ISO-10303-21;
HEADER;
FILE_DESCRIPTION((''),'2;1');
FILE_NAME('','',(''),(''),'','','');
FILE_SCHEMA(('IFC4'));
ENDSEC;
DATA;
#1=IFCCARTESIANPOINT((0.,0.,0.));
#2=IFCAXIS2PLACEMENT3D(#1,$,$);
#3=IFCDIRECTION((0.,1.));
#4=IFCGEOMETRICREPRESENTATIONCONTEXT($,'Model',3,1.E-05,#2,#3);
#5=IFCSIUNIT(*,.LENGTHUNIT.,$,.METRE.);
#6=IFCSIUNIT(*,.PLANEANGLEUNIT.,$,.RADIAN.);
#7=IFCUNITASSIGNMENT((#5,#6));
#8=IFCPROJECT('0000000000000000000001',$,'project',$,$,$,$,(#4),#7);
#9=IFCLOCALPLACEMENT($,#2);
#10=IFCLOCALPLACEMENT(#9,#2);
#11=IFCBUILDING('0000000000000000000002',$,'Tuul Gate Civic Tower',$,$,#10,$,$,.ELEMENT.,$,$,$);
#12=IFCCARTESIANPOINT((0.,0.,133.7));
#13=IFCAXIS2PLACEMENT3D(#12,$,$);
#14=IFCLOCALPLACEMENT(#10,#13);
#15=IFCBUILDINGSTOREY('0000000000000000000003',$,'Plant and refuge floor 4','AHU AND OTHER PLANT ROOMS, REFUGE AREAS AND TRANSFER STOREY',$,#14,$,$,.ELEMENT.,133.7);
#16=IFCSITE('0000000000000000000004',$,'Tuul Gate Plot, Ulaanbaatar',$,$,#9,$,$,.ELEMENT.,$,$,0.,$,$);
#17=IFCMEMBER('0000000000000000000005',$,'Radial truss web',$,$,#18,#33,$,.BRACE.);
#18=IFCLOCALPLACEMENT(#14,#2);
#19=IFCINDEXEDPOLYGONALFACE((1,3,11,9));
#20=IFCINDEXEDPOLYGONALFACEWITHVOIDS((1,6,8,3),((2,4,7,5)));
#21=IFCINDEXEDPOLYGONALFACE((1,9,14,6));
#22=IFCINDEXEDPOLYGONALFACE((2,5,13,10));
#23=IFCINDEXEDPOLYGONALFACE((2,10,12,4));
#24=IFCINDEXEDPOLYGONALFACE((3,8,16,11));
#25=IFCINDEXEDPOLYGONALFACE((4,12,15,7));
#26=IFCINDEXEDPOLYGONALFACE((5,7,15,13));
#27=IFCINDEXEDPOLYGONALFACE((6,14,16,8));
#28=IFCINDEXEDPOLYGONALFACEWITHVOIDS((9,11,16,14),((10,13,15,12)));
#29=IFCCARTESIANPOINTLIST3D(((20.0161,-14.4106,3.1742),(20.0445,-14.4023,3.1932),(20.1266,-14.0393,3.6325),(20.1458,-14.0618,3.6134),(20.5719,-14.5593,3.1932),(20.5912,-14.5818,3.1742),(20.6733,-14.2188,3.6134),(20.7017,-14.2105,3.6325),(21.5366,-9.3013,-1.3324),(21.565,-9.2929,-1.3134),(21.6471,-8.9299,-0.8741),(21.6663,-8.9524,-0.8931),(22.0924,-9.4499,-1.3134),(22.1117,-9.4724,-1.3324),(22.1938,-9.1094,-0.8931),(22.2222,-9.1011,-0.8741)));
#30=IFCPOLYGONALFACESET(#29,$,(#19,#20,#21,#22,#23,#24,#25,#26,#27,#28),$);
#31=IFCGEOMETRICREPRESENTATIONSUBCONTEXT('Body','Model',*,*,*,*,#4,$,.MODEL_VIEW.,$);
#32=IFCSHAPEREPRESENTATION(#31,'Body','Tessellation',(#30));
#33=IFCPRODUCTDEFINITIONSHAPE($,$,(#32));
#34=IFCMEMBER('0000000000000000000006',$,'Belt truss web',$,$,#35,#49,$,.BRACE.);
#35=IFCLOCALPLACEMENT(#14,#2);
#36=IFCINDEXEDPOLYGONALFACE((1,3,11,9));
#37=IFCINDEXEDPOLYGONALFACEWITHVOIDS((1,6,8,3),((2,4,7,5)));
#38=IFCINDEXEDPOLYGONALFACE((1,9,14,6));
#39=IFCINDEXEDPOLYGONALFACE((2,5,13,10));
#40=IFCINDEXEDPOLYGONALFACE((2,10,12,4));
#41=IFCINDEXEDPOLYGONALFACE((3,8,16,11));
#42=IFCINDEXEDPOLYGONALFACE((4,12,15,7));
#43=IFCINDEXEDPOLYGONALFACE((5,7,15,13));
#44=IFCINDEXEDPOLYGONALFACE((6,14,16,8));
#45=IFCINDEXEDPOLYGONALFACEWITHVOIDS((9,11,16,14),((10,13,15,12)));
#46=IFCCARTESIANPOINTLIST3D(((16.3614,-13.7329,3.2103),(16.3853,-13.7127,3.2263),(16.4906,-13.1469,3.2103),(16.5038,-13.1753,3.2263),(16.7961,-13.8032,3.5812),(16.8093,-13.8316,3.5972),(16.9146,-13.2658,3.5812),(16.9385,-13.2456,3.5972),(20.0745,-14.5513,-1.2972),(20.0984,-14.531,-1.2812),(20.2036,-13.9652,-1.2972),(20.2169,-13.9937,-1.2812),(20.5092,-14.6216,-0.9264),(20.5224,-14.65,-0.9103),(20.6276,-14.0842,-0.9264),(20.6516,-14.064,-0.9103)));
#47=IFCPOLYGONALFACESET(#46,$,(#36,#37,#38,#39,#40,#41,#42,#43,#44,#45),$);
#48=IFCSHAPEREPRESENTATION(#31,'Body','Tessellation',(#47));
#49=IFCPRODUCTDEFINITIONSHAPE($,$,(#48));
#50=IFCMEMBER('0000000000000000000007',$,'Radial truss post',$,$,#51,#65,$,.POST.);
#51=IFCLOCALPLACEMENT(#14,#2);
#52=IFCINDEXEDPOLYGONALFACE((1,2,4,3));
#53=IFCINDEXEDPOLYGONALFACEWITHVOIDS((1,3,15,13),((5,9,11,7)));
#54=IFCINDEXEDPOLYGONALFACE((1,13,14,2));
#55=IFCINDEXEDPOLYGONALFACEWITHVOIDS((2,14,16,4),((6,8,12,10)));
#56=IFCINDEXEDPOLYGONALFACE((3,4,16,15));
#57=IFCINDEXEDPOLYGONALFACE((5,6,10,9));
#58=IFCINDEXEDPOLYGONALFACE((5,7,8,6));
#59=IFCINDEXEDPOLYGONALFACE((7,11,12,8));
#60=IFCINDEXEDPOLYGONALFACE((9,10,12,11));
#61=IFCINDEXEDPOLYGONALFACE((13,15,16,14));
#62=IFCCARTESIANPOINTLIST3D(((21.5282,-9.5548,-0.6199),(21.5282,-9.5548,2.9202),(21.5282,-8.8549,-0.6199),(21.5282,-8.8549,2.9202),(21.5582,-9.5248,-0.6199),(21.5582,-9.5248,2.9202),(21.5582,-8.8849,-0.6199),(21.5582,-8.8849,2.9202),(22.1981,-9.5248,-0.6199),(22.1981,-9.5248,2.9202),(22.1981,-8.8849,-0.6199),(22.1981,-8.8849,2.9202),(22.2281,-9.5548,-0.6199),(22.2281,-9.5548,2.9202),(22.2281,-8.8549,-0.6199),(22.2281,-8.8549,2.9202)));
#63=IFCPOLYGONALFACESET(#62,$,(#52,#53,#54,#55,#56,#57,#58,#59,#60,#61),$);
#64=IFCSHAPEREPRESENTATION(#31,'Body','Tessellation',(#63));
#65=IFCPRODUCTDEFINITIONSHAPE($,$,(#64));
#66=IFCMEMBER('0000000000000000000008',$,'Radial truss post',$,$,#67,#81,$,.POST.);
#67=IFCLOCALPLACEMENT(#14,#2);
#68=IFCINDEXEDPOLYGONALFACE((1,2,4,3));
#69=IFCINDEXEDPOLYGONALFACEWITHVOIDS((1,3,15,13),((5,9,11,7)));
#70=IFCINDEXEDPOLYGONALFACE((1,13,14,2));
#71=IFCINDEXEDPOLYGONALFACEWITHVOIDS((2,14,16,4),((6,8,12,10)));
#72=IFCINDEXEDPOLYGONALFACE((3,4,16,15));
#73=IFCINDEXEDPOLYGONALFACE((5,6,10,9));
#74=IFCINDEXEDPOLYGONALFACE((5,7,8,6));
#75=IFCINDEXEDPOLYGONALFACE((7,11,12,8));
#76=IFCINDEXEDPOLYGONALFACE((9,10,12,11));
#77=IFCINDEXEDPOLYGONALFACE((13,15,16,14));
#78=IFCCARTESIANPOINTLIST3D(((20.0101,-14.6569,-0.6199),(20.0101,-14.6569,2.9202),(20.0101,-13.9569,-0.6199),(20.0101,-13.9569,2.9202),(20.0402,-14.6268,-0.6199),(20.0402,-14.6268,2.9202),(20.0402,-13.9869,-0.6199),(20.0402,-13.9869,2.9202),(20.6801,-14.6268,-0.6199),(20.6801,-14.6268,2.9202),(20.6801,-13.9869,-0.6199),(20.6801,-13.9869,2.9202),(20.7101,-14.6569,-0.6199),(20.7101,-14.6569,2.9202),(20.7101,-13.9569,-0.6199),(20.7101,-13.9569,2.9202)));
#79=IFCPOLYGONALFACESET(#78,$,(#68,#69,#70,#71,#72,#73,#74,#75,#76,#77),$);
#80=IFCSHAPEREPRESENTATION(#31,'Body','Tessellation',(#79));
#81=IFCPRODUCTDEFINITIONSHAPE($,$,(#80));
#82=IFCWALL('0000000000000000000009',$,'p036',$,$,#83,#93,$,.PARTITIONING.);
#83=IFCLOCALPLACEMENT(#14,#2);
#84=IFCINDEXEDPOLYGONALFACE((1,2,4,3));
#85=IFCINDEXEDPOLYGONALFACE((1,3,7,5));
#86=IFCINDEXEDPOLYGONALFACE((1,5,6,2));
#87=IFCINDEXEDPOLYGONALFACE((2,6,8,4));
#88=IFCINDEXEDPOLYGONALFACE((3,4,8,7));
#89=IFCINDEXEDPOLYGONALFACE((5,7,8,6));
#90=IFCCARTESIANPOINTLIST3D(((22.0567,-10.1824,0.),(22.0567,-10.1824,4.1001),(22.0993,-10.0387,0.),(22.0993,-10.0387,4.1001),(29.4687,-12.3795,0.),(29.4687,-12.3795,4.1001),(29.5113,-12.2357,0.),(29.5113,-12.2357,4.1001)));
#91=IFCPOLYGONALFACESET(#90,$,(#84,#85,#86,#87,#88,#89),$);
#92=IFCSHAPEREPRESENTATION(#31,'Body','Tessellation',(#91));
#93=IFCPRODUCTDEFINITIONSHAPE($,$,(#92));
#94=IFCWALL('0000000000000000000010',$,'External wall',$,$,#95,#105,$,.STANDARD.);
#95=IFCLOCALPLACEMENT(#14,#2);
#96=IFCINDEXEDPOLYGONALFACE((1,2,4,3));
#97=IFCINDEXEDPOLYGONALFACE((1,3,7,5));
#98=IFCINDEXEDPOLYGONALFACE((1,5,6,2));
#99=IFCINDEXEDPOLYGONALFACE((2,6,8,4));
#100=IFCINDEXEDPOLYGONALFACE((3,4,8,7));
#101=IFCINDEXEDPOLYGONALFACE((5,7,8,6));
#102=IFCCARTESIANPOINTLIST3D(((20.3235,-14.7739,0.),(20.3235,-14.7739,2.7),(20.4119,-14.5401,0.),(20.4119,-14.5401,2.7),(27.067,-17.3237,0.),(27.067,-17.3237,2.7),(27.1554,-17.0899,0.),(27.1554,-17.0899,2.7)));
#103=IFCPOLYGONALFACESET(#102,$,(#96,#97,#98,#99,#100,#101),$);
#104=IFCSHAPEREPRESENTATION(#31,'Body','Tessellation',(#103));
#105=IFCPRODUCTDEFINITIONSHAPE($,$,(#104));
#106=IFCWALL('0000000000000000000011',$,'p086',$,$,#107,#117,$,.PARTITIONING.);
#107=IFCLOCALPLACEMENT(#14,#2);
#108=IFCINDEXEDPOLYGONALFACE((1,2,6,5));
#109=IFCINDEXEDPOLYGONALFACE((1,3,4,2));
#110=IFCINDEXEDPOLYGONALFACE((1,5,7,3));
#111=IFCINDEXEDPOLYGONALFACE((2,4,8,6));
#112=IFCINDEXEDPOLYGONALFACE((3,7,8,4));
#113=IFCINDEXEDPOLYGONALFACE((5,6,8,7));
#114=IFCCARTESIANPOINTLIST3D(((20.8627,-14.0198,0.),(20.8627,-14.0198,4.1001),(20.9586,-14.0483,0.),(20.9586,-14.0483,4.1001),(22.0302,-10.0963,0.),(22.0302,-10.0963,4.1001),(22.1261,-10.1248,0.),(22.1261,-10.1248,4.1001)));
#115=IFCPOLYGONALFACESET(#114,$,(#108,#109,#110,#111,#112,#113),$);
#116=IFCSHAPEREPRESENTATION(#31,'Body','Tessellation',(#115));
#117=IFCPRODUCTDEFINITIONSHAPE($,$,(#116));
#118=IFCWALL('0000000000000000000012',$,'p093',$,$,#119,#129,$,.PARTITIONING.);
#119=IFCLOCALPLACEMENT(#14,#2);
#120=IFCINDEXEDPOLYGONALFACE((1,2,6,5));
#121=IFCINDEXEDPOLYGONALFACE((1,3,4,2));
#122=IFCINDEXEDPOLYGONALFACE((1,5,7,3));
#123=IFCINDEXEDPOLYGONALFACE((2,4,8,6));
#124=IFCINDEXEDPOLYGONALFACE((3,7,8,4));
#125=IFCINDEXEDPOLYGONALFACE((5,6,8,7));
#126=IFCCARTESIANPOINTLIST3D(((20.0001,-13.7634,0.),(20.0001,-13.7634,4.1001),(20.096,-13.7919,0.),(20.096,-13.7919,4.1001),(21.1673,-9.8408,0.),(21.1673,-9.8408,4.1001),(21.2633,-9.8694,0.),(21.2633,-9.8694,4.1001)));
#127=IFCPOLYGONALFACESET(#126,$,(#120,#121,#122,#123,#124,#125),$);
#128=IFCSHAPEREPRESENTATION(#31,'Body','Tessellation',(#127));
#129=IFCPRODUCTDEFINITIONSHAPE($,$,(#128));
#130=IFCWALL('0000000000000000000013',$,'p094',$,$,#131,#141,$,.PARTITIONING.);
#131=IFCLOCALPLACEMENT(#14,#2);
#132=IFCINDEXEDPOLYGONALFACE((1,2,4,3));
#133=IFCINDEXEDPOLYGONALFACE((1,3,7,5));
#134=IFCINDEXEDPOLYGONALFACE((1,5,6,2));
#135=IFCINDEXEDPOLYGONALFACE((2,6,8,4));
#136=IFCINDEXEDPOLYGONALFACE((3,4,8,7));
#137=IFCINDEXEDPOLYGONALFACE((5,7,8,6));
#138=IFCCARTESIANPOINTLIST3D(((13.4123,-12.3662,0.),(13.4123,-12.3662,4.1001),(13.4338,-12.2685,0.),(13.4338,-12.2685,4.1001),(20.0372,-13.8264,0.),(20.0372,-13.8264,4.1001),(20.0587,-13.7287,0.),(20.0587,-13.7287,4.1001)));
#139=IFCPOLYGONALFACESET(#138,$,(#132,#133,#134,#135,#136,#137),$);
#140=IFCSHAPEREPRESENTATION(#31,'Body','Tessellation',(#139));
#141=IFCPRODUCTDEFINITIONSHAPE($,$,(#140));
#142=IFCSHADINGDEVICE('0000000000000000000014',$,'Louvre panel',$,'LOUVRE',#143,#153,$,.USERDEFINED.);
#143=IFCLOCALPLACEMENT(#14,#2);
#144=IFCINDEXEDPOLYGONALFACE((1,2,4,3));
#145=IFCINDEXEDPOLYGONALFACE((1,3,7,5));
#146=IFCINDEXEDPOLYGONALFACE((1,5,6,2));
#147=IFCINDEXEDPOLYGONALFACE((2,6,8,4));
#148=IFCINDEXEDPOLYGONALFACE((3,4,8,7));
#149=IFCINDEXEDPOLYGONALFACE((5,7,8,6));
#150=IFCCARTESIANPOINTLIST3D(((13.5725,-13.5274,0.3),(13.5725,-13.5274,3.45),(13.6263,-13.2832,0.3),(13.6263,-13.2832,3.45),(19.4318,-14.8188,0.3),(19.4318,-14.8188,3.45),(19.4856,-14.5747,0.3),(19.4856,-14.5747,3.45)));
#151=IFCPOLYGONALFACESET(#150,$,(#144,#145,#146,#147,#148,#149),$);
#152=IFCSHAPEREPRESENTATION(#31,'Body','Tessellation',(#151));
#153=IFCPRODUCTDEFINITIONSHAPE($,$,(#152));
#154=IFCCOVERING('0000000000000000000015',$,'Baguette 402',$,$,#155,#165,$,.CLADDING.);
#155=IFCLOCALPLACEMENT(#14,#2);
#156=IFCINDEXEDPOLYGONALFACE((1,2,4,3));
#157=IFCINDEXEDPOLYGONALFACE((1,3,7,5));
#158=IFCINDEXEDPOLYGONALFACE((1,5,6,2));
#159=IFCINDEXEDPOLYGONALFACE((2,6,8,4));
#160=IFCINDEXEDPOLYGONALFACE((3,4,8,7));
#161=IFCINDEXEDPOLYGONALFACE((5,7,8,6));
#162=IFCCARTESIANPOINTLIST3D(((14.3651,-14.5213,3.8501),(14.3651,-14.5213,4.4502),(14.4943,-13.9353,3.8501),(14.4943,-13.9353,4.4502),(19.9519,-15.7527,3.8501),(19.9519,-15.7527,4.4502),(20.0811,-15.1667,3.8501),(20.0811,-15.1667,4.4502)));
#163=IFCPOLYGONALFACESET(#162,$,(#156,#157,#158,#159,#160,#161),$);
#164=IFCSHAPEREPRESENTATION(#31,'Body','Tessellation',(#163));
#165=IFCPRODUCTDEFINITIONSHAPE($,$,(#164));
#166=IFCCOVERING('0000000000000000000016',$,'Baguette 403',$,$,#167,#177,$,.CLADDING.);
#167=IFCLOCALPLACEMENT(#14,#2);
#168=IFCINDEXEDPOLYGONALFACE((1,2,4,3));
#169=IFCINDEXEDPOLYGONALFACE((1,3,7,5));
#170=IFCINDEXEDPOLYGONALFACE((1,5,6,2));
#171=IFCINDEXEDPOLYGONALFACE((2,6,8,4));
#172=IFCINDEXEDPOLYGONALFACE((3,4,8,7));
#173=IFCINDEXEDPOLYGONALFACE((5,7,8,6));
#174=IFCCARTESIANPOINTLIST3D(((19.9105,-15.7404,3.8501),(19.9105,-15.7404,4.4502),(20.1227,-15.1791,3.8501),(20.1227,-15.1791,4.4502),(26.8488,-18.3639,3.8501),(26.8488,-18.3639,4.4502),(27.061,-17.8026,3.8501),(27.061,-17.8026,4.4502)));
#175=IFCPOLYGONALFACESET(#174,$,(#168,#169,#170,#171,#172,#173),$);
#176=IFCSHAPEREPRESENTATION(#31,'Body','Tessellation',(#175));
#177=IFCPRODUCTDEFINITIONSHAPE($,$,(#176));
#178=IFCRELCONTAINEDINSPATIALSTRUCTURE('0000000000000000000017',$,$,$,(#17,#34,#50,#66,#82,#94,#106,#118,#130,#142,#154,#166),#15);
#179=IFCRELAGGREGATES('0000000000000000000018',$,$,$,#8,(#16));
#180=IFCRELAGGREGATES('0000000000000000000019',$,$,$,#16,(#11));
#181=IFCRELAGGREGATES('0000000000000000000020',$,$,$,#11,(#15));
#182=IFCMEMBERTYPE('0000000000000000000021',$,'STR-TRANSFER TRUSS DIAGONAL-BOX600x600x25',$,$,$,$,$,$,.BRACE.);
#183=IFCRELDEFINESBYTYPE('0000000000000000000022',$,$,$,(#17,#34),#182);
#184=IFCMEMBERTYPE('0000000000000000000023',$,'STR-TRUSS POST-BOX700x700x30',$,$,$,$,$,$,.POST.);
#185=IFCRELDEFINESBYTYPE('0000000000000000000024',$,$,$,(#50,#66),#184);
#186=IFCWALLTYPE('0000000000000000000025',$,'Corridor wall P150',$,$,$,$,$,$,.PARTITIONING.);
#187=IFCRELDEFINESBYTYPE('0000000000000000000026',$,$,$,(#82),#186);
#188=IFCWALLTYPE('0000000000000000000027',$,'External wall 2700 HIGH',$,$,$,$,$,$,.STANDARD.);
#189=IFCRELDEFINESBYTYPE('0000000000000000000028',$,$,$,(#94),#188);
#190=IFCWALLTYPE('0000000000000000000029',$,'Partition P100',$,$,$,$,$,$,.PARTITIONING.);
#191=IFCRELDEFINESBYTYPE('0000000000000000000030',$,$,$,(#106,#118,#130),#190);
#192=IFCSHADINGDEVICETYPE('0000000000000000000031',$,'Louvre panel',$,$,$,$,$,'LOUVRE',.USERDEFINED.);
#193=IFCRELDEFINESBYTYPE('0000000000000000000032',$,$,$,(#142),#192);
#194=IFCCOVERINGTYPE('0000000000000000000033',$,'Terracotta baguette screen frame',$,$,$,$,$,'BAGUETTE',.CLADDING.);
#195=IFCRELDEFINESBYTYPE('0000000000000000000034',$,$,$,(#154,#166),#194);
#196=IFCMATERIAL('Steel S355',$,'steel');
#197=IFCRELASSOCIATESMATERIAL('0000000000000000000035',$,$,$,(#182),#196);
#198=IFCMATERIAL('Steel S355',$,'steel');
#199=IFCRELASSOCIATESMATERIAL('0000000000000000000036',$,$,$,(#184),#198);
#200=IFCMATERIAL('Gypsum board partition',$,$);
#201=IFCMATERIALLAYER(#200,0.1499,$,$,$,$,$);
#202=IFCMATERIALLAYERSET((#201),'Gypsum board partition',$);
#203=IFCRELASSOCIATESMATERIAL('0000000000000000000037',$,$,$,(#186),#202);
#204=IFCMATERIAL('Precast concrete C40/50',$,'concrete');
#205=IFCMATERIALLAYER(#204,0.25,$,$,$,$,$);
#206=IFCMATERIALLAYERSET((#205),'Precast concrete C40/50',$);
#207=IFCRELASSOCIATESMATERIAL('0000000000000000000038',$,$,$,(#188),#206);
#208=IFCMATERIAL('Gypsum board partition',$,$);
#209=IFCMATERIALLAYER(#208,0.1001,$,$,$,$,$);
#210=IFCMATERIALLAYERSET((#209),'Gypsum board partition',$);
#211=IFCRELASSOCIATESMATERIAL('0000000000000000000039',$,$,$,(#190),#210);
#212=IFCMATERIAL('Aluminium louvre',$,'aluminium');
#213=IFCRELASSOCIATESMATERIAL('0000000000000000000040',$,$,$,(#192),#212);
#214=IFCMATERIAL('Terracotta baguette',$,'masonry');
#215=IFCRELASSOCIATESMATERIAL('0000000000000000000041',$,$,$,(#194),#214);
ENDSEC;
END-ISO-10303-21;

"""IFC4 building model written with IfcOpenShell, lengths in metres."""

from ifc_helpers import new_model, si_unit, direction, frame, frame_2d, origin, origin_2d, place, context, subcontext, project, spatial, rectangle, hollow_rectangle, extrude, material, layer, layer_set, material_profile, profile_set, type_object, element, save


model = new_model("IFC4")

# Units and contexts
model_context = context("Model", 3, precision=1e-05, world=origin(), true_north=direction((0.0, 1.0)))
body_context = subcontext(model_context, "Body", "Model", "MODEL_VIEW")
ifc_project = project(units=[si_unit("LENGTHUNIT", "METRE"), si_unit("PLANEANGLEUNIT", "RADIAN")], contexts=[model_context])

# Site, building, storey
site_placement = place(None, origin())
site = spatial("IfcSite", under=ifc_project, at=site_placement, Name="Tuul Gate Plot, Ulaanbaatar", CompositionType="ELEMENT", RefElevation=0.0)
building_placement = place(site_placement, origin())
building = spatial("IfcBuilding", under=site, at=building_placement, Name="Tuul Gate Civic Tower", CompositionType="ELEMENT")
storey_placement = place(building_placement, frame((0.0, 0.0, 133.7)))
storey = spatial("IfcBuildingStorey", under=building, at=storey_placement, Name="Plant and refuge floor 4", Description="AHU AND OTHER PLANT ROOMS, REFUGE AREAS AND TRANSFER STOREY", CompositionType="ELEMENT", Elevation=133.7)

# Members
ifc_material_1 = material(Name="Steel S355", Category="steel")
ifc_material_profile_1 = material_profile(ifc_material_1, hollow_rectangle(XDim=0.6001, YDim=0.6001, WallThickness=0.0249, at=origin_2d()), Name="BOX600x600x25")
ifc_profile_set_1 = profile_set([ifc_material_profile_1], Name="Steel S355")
member_type_1 = type_object("IfcMemberType", Name="STR-TRANSFER TRUSS DIAGONAL-BOX600x600x25", PredefinedType="BRACE", material=ifc_profile_set_1)
member_1_placement = place(storey_placement, frame((21.8794, -9.2012, -1.1033), z_axis=(-0.217823, -0.731952, 0.6456), x_axis=(0.958459, -0.28523, 0.0)))
element("IfcMember", 1, at=member_1_placement, inside=storey, type_object=member_type_1, Name="Radial truss web", PredefinedType="BRACE", context=body_context, shape_type="SweptSolid", body=[
    extrude(hollow_rectangle(XDim=0.6001, YDim=0.6001, WallThickness=0.0249, at=origin_2d()), origin(), (0.0, 0.0, 1.0), 6.9805),
])
member_2_placement = place(storey_placement, frame((20.363, -14.3076, -1.1038), z_axis=(-0.629659, 0.138774, 0.764376), x_axis=(-0.21523, -0.976563, 0.0)))
element("IfcMember", 2, at=member_2_placement, inside=storey, type_object=member_type_1, Name="Belt truss web", PredefinedType="BRACE", context=body_context, shape_type="SweptSolid", body=[
    extrude(hollow_rectangle(XDim=0.6001, YDim=0.6001, WallThickness=0.0249, at=origin_2d()), origin(), (0.0, 0.0, 1.0), 5.897),
])
ifc_material_2 = material(Name="Steel S355", Category="steel")
ifc_material_profile_2 = material_profile(ifc_material_2, hollow_rectangle(XDim=0.7, YDim=0.7, WallThickness=0.03, at=origin_2d()), Name="BOX700x700x30")
ifc_profile_set_2 = profile_set([ifc_material_profile_2], Name="Steel S355")
member_type_2 = type_object("IfcMemberType", Name="STR-TRUSS POST-BOX700x700x30", PredefinedType="POST", material=ifc_profile_set_2)
for number, where, z_axis, x_axis, name in (
    (3, (21.8782, -9.2048, -0.6199), (0.0, 0.0, 1.0), (1.0, 0.0, 0.0), "Radial truss post"),
    (4, (20.3601, -14.3069, -0.6199), (0.0, 0.0, 1.0), (1.0, 0.0, 0.0), "Radial truss post"),
):
    element("IfcMember", number, at=place(storey_placement, frame(where, z_axis=z_axis, x_axis=x_axis)), inside=storey, type_object=member_type_2, Name=name, PredefinedType="POST", context=body_context, shape_type="SweptSolid", body=[
        extrude(hollow_rectangle(XDim=0.7, YDim=0.7, WallThickness=0.03, at=origin_2d()), origin(), (0.0, 0.0, 1.0), 3.54),
    ])

# Walls
ifc_material_3 = material(Name="Gypsum board partition")
ifc_layer_1 = layer(ifc_material_3, 0.1499)
ifc_layer_set_1 = layer_set([ifc_layer_1], Name="Gypsum board partition")
wall_type_1 = type_object("IfcWallType", Name="Corridor wall P150", PredefinedType="PARTITIONING", material=ifc_layer_set_1)
wall_1_placement = place(storey_placement, frame((22.0781, -10.1106, 0.0), z_axis=(0.0, 0.0, 1.0), x_axis=(0.958766, -0.284197, 0.0)))
element("IfcWall", 5, at=wall_1_placement, inside=storey, type_object=wall_type_1, Name="p036", PredefinedType="PARTITIONING", context=body_context, shape_type="SweptSolid", body=[
    extrude(rectangle(XDim=7.7307, YDim=0.1499, at=frame_2d((3.8652, 0.0))), origin(), (0.0, 0.0, 1.0), 4.1001),
])
ifc_material_4 = material(Name="Precast concrete C40/50", Category="concrete")
ifc_layer_2 = layer(ifc_material_4, 0.25)
ifc_layer_set_2 = layer_set([ifc_layer_2], Name="Precast concrete C40/50")
wall_type_2 = type_object("IfcWallType", Name="External wall 2700 HIGH", PredefinedType="STANDARD", material=ifc_layer_set_2)
wall_2_placement = place(storey_placement, frame((20.3677, -14.657, 0.0), z_axis=(0.0, 0.0, 1.0), x_axis=(0.935367, -0.353679, 0.0)))
element("IfcWall", 6, at=wall_2_placement, inside=storey, type_object=wall_type_2, Name="External wall", PredefinedType="STANDARD", context=body_context, shape_type="SweptSolid", body=[
    extrude(rectangle(XDim=7.2095, YDim=0.25, at=frame_2d((3.6047, 0.0))), origin(), (0.0, 0.0, 1.0), 2.7),
])
ifc_material_5 = material(Name="Gypsum board partition")
ifc_layer_3 = layer(ifc_material_5, 0.1001)
ifc_layer_set_3 = layer_set([ifc_layer_3], Name="Gypsum board partition")
wall_type_3 = type_object("IfcWallType", Name="Partition P100", PredefinedType="PARTITIONING", material=ifc_layer_set_3)
wall_3_placement = place(storey_placement, frame((20.9106, -14.0342, 0.0), z_axis=(0.0, 0.0, 1.0), x_axis=(0.285197, 0.958469, 0.0)))
element("IfcWall", 7, at=wall_3_placement, inside=storey, type_object=wall_type_3, Name="p086", PredefinedType="PARTITIONING", context=body_context, shape_type="SweptSolid", body=[
    extrude(rectangle(XDim=4.0935, YDim=0.1001, at=frame_2d((2.0469, 0.0))), origin(), (0.0, 0.0, 1.0), 4.1001),
])
wall_4_placement = place(storey_placement, frame((21.2153, -9.855, 0.0), z_axis=(0.0, 0.0, 1.0), x_axis=(-0.285207, -0.958466, 0.0)))
element("IfcWall", 8, at=wall_4_placement, inside=storey, type_object=wall_type_3, Name="p093", PredefinedType="PARTITIONING", context=body_context, shape_type="SweptSolid", body=[
    extrude(rectangle(XDim=4.0925, YDim=0.1001, at=frame_2d((2.0464, 0.0))), origin(), (0.0, 0.0, 1.0), 4.1001),
])
wall_5_placement = place(storey_placement, frame((20.0481, -13.7776, 0.0), z_axis=(0.0, 0.0, 1.0), x_axis=(-0.976561, 0.215242, 0.0)))
element("IfcWall", 9, at=wall_5_placement, inside=storey, type_object=wall_type_3, Name="p094", PredefinedType="PARTITIONING", context=body_context, shape_type="SweptSolid", body=[
    extrude(rectangle(XDim=6.7839, YDim=0.1001, at=frame_2d((3.3921, 0.0))), origin(), (0.0, 0.0, 1.0), 4.1001),
])

# Shading device
ifc_material_6 = material(Name="Aluminium louvre", Category="aluminium")
shading_device_type = type_object("IfcShadingDeviceType", Name="Louvre panel", ElementType="LOUVRE", PredefinedType="USERDEFINED", material=ifc_material_6)
shading_device_placement = place(storey_placement, frame((16.5291, -14.051, 0.3), z_axis=(0.0, 0.0, 1.0), x_axis=(-0.215242, -0.976561, 0.0)))
element("IfcShadingDevice", 10, at=shading_device_placement, inside=storey, type_object=shading_device_type, Name="Louvre panel", ObjectType="LOUVRE", PredefinedType="USERDEFINED", context=body_context, shape_type="SweptSolid", body=[
    extrude(rectangle(XDim=0.25, YDim=6.0, at=origin_2d()), origin(), (0.0, 0.0, 1.0), 3.1499),
])

# Coverings
ifc_material_7 = material(Name="Terracotta baguette", Category="masonry")
ifc_material_profile_3 = material_profile(ifc_material_7, rectangle(XDim=0.6001, YDim=0.6001, at=origin_2d()), Name="Terracotta baguette screen frame")
ifc_profile_set_3 = profile_set([ifc_material_profile_3], Name="Terracotta baguette")
covering_type = type_object("IfcCoveringType", Name="Terracotta baguette screen frame", ElementType="BAGUETTE", PredefinedType="CLADDING", material=ifc_profile_set_3)
covering_1_placement = place(storey_placement, frame((14.4297, -14.2283, 4.1501), z_axis=(0.976559, -0.215249, 0.0), x_axis=(0.215249, 0.976559, 0.0)))
element("IfcCovering", 11, at=covering_1_placement, inside=storey, type_object=covering_type, Name="Baguette 402", PredefinedType="CLADDING", context=body_context, shape_type="SweptSolid", body=[
    extrude(rectangle(XDim=0.6001, YDim=0.6001, at=origin_2d()), origin(), (0.0, 0.0, 1.0), 5.7209),
])
covering_2_placement = place(storey_placement, frame((20.0166, -15.4597, 4.1501), z_axis=(0.935364, -0.353687, 0.0), x_axis=(0.353687, 0.935364, 0.0)))
element("IfcCovering", 12, at=covering_2_placement, inside=storey, type_object=covering_type, Name="Baguette 403", PredefinedType="CLADDING", context=body_context, shape_type="SweptSolid", body=[
    extrude(rectangle(XDim=0.6001, YDim=0.6001, at=origin_2d()), origin(), (0.0, 0.0, 1.0), 7.4177),
])

save(model, "model.ifc")
